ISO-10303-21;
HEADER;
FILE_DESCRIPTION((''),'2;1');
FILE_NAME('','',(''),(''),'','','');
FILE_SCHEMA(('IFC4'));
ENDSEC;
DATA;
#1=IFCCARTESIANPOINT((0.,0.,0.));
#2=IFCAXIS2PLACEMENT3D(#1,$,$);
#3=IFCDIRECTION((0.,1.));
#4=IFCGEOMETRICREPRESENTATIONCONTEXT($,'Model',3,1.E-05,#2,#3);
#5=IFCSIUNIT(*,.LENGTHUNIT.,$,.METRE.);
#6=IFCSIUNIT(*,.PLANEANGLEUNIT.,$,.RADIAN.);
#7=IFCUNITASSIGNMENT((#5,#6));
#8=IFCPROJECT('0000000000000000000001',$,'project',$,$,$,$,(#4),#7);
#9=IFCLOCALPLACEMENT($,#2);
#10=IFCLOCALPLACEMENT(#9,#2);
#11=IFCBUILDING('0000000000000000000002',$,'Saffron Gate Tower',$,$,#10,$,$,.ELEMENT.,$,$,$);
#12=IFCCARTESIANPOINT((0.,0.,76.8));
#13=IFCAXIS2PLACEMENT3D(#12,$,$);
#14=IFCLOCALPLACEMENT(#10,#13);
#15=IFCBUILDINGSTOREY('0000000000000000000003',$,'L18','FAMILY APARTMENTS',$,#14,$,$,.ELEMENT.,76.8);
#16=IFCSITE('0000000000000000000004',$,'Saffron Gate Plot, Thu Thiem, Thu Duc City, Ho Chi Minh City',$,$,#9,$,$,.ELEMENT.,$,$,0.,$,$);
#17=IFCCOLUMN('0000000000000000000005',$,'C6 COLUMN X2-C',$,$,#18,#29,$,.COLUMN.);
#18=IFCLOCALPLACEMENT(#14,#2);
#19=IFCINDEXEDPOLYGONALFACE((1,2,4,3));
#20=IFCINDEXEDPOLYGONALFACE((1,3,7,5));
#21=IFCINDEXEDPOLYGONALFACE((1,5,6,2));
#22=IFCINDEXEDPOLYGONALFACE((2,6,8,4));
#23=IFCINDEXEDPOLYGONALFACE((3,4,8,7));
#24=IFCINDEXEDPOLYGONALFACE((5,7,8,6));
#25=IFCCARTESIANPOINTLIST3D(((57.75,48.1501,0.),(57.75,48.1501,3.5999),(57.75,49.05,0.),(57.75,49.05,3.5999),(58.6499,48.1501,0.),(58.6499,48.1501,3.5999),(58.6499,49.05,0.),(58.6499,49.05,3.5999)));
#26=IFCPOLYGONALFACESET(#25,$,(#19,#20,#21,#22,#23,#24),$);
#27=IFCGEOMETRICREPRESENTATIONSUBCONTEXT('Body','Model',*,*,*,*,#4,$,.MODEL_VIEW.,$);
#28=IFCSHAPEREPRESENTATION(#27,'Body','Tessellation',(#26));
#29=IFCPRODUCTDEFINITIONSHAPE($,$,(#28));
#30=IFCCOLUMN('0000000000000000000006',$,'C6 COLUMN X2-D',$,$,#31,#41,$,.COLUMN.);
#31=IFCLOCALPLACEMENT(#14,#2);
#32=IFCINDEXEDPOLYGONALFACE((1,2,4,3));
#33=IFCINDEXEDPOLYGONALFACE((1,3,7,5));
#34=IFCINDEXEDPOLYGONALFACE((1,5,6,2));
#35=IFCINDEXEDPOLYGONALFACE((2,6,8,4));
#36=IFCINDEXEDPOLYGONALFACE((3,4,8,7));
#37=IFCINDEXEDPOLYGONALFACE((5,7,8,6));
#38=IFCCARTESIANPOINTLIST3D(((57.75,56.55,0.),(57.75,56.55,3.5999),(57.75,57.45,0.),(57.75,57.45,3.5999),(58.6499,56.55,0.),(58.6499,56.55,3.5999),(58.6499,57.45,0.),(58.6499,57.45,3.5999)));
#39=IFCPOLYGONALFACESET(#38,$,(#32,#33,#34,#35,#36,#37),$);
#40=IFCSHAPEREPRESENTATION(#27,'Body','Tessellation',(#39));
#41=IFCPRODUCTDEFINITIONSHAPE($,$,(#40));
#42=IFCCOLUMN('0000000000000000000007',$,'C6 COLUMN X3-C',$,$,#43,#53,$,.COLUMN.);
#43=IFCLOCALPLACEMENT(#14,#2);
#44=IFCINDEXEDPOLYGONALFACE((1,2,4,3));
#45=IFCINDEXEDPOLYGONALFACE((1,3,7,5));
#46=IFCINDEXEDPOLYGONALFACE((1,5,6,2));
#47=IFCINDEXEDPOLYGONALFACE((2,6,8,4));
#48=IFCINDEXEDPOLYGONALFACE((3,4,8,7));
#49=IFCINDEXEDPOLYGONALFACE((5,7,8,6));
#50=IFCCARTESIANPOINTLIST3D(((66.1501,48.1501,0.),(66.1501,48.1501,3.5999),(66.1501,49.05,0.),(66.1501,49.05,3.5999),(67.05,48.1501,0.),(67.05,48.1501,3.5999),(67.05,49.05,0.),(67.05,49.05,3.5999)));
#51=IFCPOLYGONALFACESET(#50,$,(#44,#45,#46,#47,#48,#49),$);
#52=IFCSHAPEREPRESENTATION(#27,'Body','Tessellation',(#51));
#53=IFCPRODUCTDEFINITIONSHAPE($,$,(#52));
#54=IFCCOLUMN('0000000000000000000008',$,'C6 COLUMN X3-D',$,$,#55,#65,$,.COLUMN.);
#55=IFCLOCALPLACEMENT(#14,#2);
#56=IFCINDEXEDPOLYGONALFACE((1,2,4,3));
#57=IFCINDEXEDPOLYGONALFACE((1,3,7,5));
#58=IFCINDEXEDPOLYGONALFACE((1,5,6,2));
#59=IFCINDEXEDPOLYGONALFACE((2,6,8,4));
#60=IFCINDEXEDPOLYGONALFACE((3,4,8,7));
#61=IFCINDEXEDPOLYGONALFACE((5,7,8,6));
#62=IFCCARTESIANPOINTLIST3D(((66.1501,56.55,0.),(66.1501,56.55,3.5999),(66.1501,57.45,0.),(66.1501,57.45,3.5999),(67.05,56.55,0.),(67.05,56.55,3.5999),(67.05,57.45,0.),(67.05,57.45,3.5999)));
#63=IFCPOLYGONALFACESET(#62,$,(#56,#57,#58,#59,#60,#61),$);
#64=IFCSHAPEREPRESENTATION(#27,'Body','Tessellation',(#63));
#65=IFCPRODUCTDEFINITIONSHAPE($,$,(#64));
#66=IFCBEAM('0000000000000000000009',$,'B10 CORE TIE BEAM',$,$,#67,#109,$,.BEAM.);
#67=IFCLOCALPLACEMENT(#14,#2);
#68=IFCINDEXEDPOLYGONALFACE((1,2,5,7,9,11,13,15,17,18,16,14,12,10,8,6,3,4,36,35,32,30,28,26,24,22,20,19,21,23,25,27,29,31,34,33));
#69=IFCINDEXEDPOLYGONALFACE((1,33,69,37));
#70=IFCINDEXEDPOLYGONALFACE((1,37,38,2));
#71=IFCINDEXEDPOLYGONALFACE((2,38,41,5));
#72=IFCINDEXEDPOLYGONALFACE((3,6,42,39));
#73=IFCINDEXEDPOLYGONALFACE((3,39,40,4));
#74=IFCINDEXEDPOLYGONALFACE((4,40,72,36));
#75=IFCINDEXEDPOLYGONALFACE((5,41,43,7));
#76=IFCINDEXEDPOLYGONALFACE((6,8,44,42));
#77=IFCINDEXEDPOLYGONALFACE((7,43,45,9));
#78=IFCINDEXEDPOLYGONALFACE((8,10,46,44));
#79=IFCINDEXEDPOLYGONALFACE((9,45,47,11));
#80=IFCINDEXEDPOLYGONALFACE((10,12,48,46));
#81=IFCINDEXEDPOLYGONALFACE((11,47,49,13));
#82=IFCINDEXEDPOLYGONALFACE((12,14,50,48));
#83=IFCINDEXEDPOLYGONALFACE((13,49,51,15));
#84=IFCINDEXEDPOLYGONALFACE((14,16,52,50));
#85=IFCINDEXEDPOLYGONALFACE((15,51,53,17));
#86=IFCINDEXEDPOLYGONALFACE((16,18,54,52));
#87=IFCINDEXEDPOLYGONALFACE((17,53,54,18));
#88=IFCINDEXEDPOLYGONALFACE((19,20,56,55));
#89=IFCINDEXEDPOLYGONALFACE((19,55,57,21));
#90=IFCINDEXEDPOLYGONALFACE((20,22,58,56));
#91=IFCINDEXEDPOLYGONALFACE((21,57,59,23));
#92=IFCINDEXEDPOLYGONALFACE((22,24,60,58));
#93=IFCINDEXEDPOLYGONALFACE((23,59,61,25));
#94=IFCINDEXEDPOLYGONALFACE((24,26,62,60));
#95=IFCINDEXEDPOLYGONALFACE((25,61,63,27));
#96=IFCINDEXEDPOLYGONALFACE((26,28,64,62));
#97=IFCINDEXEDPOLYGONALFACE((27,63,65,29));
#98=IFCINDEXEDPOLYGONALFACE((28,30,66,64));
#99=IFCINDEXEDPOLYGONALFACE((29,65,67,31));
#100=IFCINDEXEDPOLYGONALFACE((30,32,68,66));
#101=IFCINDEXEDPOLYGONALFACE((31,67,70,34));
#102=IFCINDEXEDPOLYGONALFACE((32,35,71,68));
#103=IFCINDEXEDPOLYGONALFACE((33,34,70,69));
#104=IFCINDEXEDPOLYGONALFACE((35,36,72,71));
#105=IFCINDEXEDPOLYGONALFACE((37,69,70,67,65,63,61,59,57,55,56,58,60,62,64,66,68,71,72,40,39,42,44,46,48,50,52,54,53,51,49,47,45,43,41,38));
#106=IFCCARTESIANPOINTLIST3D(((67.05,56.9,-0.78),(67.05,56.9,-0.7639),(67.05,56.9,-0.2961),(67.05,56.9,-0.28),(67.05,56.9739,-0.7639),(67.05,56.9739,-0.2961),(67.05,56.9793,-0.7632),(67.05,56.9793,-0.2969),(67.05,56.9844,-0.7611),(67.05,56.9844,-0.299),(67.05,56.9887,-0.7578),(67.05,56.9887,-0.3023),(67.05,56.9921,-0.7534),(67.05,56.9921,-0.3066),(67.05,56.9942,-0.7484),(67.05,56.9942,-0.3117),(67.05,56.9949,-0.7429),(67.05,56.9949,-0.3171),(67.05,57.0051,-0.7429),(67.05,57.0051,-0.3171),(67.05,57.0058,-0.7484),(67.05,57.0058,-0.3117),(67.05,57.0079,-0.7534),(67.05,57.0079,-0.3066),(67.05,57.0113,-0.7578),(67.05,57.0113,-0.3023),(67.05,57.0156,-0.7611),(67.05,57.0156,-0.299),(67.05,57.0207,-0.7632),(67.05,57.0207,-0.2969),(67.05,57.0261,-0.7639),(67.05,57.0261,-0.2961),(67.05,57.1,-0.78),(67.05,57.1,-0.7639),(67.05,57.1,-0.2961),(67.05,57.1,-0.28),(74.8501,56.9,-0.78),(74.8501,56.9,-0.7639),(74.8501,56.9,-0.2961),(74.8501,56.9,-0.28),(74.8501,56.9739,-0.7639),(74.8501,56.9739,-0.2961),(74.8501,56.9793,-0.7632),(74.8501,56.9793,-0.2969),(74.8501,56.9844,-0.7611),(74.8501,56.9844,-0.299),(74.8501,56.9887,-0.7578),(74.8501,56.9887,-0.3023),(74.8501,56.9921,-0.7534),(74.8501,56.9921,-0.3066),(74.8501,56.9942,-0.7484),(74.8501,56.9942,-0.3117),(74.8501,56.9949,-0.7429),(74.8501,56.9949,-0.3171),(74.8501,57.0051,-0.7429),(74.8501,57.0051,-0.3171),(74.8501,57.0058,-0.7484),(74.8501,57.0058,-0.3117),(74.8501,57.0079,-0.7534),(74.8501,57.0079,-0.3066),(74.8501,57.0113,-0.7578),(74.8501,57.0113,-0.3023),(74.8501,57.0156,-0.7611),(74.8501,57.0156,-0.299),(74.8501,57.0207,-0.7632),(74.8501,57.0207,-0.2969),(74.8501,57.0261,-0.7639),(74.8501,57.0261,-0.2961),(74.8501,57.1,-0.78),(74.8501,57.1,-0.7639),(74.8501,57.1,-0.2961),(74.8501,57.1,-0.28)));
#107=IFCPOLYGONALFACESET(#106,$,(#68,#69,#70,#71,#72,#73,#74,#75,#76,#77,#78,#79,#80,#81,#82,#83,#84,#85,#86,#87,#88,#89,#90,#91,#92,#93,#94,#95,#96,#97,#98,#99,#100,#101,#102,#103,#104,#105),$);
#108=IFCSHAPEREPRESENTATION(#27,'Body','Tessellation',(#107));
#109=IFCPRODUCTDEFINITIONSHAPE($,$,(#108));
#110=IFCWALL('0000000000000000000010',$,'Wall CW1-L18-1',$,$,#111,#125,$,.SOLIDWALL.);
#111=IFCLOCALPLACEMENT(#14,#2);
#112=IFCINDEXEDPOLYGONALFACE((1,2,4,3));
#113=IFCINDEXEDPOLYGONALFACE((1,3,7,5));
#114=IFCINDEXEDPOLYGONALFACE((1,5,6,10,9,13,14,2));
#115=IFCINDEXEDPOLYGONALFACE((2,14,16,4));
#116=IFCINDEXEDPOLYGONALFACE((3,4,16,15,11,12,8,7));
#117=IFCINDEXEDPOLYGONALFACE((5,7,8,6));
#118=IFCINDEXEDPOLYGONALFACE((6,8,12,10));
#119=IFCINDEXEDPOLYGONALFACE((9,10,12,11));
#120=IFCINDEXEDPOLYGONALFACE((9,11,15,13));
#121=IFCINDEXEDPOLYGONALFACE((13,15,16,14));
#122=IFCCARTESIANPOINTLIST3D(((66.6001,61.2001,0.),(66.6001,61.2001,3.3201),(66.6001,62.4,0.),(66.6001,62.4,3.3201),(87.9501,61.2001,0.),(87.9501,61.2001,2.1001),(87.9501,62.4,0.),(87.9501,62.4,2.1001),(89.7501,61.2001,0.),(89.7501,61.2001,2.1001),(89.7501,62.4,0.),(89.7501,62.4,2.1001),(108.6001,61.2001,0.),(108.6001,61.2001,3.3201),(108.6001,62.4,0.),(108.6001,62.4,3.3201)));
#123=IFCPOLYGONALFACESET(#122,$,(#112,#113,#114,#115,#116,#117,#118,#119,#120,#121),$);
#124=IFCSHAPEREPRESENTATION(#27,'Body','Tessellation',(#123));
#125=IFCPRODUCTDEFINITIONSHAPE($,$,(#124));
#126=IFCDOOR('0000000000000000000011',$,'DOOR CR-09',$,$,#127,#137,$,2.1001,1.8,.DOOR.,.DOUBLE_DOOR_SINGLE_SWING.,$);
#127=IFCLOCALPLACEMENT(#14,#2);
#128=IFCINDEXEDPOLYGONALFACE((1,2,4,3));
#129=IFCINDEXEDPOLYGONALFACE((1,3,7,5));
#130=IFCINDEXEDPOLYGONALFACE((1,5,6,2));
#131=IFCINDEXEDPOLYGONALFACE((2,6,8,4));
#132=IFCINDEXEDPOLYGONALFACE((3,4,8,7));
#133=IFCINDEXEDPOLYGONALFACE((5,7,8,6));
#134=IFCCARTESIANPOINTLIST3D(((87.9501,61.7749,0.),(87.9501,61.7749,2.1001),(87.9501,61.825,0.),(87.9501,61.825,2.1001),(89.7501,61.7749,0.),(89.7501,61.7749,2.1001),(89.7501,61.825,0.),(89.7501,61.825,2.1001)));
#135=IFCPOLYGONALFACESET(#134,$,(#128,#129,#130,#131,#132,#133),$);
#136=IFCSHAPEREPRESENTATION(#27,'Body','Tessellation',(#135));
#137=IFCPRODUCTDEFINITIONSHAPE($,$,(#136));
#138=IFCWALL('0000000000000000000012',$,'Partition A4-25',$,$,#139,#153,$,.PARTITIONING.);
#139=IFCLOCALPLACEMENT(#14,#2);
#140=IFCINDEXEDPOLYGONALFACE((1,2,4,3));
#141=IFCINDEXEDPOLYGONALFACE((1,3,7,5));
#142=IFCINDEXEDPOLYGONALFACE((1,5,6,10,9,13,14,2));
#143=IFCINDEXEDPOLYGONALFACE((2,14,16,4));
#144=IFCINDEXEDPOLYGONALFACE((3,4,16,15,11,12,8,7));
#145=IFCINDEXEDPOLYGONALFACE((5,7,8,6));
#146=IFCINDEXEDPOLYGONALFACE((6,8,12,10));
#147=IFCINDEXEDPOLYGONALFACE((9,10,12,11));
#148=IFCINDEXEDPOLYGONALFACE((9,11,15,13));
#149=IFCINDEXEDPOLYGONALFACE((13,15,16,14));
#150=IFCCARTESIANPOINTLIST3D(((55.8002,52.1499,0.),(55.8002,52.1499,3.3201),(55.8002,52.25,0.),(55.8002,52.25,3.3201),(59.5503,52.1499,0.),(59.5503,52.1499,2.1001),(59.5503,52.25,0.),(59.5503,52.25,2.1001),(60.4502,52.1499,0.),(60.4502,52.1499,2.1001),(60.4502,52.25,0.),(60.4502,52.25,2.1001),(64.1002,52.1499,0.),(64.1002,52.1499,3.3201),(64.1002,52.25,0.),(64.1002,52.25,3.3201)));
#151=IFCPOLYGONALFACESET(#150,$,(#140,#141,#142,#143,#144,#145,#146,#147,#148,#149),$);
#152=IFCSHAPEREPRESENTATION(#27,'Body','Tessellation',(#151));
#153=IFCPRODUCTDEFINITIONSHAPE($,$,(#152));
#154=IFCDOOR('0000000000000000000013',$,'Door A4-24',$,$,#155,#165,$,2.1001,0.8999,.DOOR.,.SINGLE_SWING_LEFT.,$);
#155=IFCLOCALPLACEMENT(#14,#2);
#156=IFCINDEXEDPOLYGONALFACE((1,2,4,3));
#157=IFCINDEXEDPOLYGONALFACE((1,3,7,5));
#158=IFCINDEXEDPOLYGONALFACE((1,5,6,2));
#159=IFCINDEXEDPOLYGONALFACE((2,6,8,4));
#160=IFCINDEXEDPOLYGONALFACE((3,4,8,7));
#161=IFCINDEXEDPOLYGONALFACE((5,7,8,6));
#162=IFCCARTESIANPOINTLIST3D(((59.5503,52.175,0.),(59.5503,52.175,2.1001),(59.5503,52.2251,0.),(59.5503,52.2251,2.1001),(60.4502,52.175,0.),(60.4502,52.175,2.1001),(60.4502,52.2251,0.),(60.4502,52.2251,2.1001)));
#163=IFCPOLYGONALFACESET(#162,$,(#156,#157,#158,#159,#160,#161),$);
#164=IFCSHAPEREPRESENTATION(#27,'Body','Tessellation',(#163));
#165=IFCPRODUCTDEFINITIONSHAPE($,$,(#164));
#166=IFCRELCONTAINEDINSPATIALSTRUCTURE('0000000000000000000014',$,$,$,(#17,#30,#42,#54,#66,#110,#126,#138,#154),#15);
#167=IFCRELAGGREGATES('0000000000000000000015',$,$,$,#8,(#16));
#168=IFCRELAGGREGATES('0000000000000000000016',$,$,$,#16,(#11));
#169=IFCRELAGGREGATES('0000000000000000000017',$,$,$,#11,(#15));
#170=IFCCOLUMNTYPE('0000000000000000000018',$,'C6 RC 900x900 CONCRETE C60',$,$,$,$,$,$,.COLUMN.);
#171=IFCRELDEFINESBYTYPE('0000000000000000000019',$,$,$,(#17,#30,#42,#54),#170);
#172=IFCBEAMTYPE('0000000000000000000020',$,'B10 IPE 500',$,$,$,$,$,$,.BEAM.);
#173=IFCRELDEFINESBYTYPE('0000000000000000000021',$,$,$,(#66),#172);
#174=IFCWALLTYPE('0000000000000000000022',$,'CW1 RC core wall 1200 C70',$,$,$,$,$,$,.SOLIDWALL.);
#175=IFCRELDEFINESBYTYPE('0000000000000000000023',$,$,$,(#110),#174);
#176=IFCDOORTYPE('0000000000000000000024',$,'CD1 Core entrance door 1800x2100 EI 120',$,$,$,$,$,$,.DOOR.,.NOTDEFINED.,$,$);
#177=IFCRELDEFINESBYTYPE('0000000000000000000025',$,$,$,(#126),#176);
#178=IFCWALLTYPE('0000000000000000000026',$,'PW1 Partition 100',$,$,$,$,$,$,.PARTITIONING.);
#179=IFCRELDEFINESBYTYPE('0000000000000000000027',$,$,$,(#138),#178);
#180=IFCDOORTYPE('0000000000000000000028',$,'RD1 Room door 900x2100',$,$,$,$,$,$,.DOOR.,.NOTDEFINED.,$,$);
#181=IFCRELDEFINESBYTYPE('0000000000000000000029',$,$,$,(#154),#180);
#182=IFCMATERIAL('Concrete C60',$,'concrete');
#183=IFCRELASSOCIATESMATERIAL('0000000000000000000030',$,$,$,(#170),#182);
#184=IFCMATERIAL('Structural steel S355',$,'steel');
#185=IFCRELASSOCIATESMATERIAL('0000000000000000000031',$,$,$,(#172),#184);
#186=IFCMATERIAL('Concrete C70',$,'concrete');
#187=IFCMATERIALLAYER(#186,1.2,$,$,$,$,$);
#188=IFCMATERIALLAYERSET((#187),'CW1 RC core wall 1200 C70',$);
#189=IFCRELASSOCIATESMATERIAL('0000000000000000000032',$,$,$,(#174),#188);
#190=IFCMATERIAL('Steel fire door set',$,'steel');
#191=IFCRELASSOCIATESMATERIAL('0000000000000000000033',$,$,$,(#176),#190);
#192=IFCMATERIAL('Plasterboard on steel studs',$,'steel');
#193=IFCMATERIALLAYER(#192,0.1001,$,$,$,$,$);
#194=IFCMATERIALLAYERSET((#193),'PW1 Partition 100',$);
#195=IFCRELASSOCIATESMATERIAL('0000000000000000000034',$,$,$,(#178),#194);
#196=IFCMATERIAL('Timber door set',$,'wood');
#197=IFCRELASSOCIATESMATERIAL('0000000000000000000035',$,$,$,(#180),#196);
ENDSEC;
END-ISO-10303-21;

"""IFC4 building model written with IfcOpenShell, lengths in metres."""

from ifc_helpers import new_model, si_unit, direction, frame, frame_2d, origin, origin_2d, place, context, subcontext, project, spatial, rectangle, i_section, extrude, material, layer, layer_set, material_profile, profile_set, type_object, element, fill, save


model = new_model("IFC4")

# Units and contexts
model_context = context("Model", 3, precision=1e-05, world=origin(), true_north=direction((0.0, 1.0)))
body_context = subcontext(model_context, "Body", "Model", "MODEL_VIEW")
ifc_project = project(units=[si_unit("LENGTHUNIT", "METRE"), si_unit("PLANEANGLEUNIT", "RADIAN")], contexts=[model_context])

# Site, building, storey
site_placement = place(None, origin())
site = spatial("IfcSite", under=ifc_project, at=site_placement, Name="Saffron Gate Plot, Thu Thiem, Thu Duc City, Ho Chi Minh City", CompositionType="ELEMENT", RefElevation=0.0)
building_placement = place(site_placement, origin())
building = spatial("IfcBuilding", under=site, at=building_placement, Name="Saffron Gate Tower", CompositionType="ELEMENT")
storey_placement = place(building_placement, frame((0.0, 0.0, 76.8)))
storey = spatial("IfcBuildingStorey", under=building, at=storey_placement, Name="L18", Description="FAMILY APARTMENTS", CompositionType="ELEMENT", Elevation=76.8)

# Columns
ifc_material_1 = material(Name="Concrete C60", Category="concrete")
ifc_material_profile_1 = material_profile(ifc_material_1, rectangle(XDim=0.8999, YDim=0.8999, at=origin_2d()))
ifc_profile_set_1 = profile_set([ifc_material_profile_1], Name="Concrete C60")
column_type = type_object("IfcColumnType", Name="C6 RC 900x900 CONCRETE C60", PredefinedType="COLUMN", material=ifc_profile_set_1)
for number, where, z_axis, x_axis, name in (
    (1, (58.2, 48.6001, 0.0), (0.0, 0.0, 1.0), (1.0, 0.0, 0.0), "C6 COLUMN X2-C"),
    (2, (58.2, 57.0, 0.0), (0.0, 0.0, 1.0), (1.0, 0.0, 0.0), "C6 COLUMN X2-D"),
    (3, (66.6001, 48.6001, 0.0), (0.0, 0.0, 1.0), (1.0, 0.0, 0.0), "C6 COLUMN X3-C"),
    (4, (66.6001, 57.0, 0.0), (0.0, 0.0, 1.0), (1.0, 0.0, 0.0), "C6 COLUMN X3-D"),
):
    element("IfcColumn", number, at=place(storey_placement, frame(where, z_axis=z_axis, x_axis=x_axis)), inside=storey, type_object=column_type, Name=name, PredefinedType="COLUMN", context=body_context, shape_type="SweptSolid", body=[
        extrude(rectangle(XDim=0.8999, YDim=0.8999, at=origin_2d()), origin(), (0.0, 0.0, 1.0), 3.5999),
    ])

# Beam
ifc_material_2 = material(Name="Structural steel S355", Category="steel")
ifc_material_profile_2 = material_profile(ifc_material_2, i_section(OverallWidth=0.2, OverallDepth=0.5, WebThickness=0.0103, FlangeThickness=0.0161, FilletRadius=0.021, at=origin_2d()))
ifc_profile_set_2 = profile_set([ifc_material_profile_2], Name="Structural steel S355")
beam_type = type_object("IfcBeamType", Name="B10 IPE 500", PredefinedType="BEAM", material=ifc_profile_set_2)
beam_placement = place(storey_placement, frame((67.05, 57.0, -0.53), z_axis=(1.0, 0.0, 0.0), x_axis=(0.0, 1.0, 0.0)))
element("IfcBeam", 5, at=beam_placement, inside=storey, type_object=beam_type, Name="B10 CORE TIE BEAM", PredefinedType="BEAM", context=body_context, shape_type="SweptSolid", body=[
    extrude(i_section(OverallWidth=0.2, OverallDepth=0.5, WebThickness=0.0103, FlangeThickness=0.0161, FilletRadius=0.021, at=origin_2d()), origin(), (0.0, 0.0, 1.0), 7.8),
])

# Walls, openings, doors
ifc_material_3 = material(Name="Concrete C70", Category="concrete")
ifc_layer_1 = layer(ifc_material_3, 1.2)
ifc_layer_set_1 = layer_set([ifc_layer_1], Name="CW1 RC core wall 1200 C70")
wall_type_1 = type_object("IfcWallType", Name="CW1 RC core wall 1200 C70", PredefinedType="SOLIDWALL", material=ifc_layer_set_1)
wall_1_placement = place(storey_placement, frame((66.6001, 61.8, 0.0), z_axis=(0.0, 0.0, 1.0), x_axis=(1.0, 0.0, 0.0)))
wall_1 = element("IfcWall", 6, at=wall_1_placement, inside=storey, type_object=wall_type_1, Name="Wall CW1-L18-1", PredefinedType="SOLIDWALL", context=body_context, shape_type="SweptSolid", body=[
    extrude(rectangle(XDim=42.0, YDim=1.2, at=frame_2d((21.0, 0.0))), origin(), (0.0, 0.0, 1.0), 3.3201),
])
opening_1_placement = place(wall_1_placement, frame((21.3501, 0.0, 0.0)))
opening_1 = element("IfcOpeningElement", 7, at=opening_1_placement, cuts=wall_1, PredefinedType="OPENING", context=body_context, shape_type="SweptSolid", body=[
    extrude(rectangle(XDim=1.8, YDim=2.1001, at=frame_2d((0.8999, 1.05))), frame((0.0, 0.6099, 0.0), z_axis=(0.0, -1.0, 0.0), x_axis=(1.0, 0.0, 0.0)), (0.0, 0.0, 1.0), 1.22),
])
ifc_material_4 = material(Name="Steel fire door set", Category="steel")
door_type_1 = type_object("IfcDoorType", Name="CD1 Core entrance door 1800x2100 EI 120", OperationType="NOTDEFINED", PredefinedType="DOOR", material=ifc_material_4)
door_1_placement = place(opening_1_placement, origin())
door_1 = element("IfcDoor", 8, at=door_1_placement, inside=storey, type_object=door_type_1, Name="DOOR CR-09", OperationType="DOUBLE_DOOR_SINGLE_SWING", OverallHeight=2.1001, OverallWidth=1.8, PredefinedType="DOOR", context=body_context, shape_type="SweptSolid", body=[
    extrude(rectangle(XDim=1.8, YDim=2.1001, at=frame_2d((0.8999, 1.05))), frame((0.0, 0.0249, 0.0), z_axis=(0.0, -1.0, 0.0), x_axis=(1.0, 0.0, 0.0)), (0.0, 0.0, 1.0), 0.05),
])
fill(opening_1, door_1)
ifc_material_5 = material(Name="Plasterboard on steel studs", Category="steel")
ifc_layer_2 = layer(ifc_material_5, 0.1001)
ifc_layer_set_2 = layer_set([ifc_layer_2], Name="PW1 Partition 100")
wall_type_2 = type_object("IfcWallType", Name="PW1 Partition 100", PredefinedType="PARTITIONING", material=ifc_layer_set_2)
wall_2_placement = place(storey_placement, frame((64.1001, 52.2, 0.0), z_axis=(0.0, 0.0, 1.0), x_axis=(-1.0, 0.0, 0.0)))
wall_2 = element("IfcWall", 9, at=wall_2_placement, inside=storey, type_object=wall_type_2, Name="Partition A4-25", PredefinedType="PARTITIONING", context=body_context, shape_type="SweptSolid", body=[
    extrude(rectangle(XDim=8.3, YDim=0.1001, at=frame_2d((4.1499, 0.0))), origin(), (0.0, 0.0, 1.0), 3.3201),
])
opening_2_placement = place(wall_2_placement, frame((3.6499, 0.0, 0.0)))
opening_2 = element("IfcOpeningElement", 10, at=opening_2_placement, cuts=wall_2, PredefinedType="OPENING", context=body_context, shape_type="SweptSolid", body=[
    extrude(rectangle(XDim=0.8999, YDim=2.1001, at=frame_2d((0.45, 1.05))), frame((0.0, 0.0601, 0.0), z_axis=(0.0, -1.0, 0.0), x_axis=(1.0, 0.0, 0.0)), (0.0, 0.0, 1.0), 0.1201),
])
ifc_material_6 = material(Name="Timber door set", Category="wood")
door_type_2 = type_object("IfcDoorType", Name="RD1 Room door 900x2100", OperationType="NOTDEFINED", PredefinedType="DOOR", material=ifc_material_6)
door_2_placement = place(opening_2_placement, origin())
door_2 = element("IfcDoor", 11, at=door_2_placement, inside=storey, type_object=door_type_2, Name="Door A4-24", OperationType="SINGLE_SWING_LEFT", OverallHeight=2.1001, OverallWidth=0.8999, PredefinedType="DOOR", context=body_context, shape_type="SweptSolid", body=[
    extrude(rectangle(XDim=0.8999, YDim=2.1001, at=frame_2d((0.45, 1.05))), frame((0.0, 0.0249, 0.0), z_axis=(0.0, -1.0, 0.0), x_axis=(1.0, 0.0, 0.0)), (0.0, 0.0, 1.0), 0.05),
])
fill(opening_2, door_2)

save(model, "model.ifc")
